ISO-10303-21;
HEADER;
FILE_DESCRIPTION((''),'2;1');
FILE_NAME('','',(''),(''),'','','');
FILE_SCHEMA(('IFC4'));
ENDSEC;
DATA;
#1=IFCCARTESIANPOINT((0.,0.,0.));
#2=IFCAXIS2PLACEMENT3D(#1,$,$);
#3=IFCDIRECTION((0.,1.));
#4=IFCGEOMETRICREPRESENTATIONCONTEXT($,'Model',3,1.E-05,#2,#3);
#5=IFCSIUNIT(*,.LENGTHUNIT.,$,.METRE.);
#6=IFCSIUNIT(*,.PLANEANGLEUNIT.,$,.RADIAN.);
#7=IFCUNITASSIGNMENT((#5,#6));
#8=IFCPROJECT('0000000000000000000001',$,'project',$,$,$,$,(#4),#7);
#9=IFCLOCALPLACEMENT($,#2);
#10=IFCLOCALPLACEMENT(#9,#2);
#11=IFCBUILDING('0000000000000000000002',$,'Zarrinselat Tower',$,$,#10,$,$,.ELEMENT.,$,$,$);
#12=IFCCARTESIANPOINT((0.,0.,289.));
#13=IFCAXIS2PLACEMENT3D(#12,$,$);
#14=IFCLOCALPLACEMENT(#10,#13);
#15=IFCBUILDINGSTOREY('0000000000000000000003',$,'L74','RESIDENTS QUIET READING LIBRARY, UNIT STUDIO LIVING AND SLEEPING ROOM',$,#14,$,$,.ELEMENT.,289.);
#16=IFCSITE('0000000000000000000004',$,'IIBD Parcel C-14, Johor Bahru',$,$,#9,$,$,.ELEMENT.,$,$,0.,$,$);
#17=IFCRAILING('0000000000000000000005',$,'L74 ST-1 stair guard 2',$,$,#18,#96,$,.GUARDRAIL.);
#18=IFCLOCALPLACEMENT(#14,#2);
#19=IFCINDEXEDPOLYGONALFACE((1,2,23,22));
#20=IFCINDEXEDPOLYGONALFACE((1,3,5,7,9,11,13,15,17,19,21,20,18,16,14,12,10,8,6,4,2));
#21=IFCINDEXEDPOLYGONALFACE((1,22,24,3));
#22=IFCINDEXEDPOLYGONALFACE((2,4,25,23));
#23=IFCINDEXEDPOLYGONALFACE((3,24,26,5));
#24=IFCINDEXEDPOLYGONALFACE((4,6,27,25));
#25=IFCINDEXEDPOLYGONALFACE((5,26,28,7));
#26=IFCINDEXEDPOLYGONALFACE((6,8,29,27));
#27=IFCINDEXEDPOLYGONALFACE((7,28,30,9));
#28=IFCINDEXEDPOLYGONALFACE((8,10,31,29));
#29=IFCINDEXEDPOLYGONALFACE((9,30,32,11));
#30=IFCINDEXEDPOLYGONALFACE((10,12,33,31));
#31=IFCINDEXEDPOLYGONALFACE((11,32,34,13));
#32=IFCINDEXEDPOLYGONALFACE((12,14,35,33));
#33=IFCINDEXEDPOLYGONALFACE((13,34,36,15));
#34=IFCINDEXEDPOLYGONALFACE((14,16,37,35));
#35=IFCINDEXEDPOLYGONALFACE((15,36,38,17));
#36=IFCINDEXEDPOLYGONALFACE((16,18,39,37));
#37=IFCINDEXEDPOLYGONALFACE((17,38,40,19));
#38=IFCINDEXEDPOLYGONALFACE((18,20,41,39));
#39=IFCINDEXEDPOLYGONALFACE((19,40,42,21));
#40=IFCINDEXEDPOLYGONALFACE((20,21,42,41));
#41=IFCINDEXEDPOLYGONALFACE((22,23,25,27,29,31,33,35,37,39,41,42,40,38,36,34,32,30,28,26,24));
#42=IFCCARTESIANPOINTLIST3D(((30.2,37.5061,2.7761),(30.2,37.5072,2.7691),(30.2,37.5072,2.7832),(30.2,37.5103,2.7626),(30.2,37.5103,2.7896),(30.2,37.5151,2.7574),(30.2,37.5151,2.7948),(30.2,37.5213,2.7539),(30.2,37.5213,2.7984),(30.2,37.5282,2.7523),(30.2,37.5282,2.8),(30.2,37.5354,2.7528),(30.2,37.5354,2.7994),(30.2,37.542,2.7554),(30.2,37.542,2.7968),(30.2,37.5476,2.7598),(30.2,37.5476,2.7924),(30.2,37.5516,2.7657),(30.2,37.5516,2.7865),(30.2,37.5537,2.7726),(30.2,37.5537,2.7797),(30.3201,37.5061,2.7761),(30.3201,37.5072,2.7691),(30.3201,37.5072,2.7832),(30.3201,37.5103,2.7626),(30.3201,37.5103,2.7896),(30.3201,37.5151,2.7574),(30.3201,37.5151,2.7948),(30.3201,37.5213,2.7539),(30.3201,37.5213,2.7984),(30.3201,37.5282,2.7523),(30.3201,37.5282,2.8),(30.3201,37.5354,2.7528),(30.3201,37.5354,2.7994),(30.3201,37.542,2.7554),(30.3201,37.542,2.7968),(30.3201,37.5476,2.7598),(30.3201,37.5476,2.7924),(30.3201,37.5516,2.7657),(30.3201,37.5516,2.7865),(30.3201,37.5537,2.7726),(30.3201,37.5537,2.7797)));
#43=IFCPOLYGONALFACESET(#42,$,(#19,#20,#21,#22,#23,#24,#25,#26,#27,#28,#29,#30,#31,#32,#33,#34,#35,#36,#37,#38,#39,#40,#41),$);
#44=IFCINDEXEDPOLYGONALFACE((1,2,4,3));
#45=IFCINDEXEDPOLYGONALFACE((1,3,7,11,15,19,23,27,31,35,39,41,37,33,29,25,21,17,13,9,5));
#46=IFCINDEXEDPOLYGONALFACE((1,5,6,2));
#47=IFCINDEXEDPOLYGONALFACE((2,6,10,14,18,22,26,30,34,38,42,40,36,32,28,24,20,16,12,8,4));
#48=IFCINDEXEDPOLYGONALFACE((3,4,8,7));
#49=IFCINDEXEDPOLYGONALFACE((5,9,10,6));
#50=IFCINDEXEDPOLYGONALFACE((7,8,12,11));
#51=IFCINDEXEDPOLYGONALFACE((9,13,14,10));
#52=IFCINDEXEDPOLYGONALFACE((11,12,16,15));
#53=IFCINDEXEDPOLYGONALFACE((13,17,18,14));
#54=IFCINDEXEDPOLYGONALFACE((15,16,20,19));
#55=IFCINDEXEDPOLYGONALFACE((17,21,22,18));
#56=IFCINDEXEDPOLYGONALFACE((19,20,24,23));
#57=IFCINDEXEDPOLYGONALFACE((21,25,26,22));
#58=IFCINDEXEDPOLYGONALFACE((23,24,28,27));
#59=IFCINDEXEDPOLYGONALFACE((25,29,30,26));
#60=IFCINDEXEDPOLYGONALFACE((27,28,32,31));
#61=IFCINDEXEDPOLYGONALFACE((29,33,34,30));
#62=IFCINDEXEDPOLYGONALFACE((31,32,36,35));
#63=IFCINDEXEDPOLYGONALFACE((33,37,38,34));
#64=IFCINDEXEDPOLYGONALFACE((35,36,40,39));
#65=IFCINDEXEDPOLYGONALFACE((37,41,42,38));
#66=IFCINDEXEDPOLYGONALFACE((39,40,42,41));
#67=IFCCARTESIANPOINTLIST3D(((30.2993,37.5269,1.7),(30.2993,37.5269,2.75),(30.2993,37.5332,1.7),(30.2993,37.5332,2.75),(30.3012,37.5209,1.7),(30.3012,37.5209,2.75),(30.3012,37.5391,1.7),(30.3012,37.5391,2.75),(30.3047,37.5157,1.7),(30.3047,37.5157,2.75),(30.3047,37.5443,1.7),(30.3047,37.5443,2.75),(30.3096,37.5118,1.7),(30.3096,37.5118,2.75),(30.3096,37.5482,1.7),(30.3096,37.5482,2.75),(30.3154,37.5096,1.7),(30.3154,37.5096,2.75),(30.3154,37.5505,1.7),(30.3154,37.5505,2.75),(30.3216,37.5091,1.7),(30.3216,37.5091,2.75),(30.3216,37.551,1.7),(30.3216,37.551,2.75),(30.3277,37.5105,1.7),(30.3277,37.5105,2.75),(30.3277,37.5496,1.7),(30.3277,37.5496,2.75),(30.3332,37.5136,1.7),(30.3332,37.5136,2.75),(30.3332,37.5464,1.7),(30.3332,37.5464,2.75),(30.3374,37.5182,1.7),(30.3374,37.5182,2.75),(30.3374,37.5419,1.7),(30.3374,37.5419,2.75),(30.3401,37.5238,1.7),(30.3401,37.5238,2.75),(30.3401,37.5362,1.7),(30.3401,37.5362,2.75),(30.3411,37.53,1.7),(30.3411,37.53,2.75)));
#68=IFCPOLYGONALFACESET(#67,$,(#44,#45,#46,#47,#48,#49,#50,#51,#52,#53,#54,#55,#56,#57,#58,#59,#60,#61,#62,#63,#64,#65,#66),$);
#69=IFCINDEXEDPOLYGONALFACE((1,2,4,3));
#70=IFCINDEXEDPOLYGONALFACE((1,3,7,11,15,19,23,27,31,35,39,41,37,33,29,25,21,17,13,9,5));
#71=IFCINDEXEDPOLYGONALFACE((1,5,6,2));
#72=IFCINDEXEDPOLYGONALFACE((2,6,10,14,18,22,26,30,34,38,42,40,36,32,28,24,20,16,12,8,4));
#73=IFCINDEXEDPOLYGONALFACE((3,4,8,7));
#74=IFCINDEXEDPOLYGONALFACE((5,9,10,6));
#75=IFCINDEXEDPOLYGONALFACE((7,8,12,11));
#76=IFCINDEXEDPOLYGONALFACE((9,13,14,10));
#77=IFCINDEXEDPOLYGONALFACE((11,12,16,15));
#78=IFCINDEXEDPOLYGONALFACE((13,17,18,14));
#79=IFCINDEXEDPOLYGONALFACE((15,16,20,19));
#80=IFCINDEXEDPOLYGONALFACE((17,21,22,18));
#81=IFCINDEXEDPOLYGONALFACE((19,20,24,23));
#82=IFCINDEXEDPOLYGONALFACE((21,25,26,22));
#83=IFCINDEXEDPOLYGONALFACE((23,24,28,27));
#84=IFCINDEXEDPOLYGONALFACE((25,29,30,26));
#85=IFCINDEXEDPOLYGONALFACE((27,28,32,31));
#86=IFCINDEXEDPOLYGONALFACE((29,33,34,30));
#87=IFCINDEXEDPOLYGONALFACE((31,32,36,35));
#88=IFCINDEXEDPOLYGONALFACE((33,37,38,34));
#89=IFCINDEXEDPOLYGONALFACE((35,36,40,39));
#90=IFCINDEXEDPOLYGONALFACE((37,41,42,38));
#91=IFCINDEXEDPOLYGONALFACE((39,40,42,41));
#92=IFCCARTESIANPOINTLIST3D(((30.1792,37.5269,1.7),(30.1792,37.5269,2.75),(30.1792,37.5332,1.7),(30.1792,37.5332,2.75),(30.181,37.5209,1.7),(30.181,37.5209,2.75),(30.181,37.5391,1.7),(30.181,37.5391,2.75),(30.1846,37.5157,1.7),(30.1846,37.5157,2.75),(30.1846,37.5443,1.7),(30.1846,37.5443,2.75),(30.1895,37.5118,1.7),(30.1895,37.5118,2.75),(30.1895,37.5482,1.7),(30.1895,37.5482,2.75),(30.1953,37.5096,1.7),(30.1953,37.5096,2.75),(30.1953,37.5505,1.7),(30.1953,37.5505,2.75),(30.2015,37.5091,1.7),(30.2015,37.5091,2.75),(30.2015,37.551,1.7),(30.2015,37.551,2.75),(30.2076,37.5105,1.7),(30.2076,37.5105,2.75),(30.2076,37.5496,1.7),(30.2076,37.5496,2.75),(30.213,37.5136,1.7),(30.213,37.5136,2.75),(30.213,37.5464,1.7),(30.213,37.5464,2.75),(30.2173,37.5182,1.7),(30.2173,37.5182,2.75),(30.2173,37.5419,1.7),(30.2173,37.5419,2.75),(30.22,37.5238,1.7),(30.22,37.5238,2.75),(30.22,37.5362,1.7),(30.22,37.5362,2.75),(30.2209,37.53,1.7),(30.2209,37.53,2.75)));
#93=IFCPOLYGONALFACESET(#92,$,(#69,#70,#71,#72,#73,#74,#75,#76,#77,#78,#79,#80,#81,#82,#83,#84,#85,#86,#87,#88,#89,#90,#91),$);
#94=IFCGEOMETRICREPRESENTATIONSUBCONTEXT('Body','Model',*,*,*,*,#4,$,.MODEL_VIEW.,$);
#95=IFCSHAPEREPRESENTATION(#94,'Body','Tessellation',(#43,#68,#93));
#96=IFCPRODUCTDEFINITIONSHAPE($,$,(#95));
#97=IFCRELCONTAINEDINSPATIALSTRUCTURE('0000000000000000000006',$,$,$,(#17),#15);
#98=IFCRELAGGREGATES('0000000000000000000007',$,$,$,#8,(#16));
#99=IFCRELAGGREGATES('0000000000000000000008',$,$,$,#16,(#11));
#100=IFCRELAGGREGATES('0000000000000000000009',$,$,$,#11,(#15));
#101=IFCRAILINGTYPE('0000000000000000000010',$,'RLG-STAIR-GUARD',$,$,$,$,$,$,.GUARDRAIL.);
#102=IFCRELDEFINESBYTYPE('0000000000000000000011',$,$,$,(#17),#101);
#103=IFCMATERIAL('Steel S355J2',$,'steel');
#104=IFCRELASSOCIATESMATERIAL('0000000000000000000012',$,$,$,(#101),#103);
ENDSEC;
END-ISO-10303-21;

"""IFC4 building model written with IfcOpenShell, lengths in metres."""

from ifc_helpers import new_model, si_unit, direction, frame, origin, origin_2d, place, context, subcontext, project, spatial, circle, extrude, material, type_object, element, save


model = new_model("IFC4")

# Units and contexts
model_context = context("Model", 3, precision=1e-05, world=origin(), true_north=direction((0.0, 1.0)))
body_context = subcontext(model_context, "Body", "Model", "MODEL_VIEW")
ifc_project = project(units=[si_unit("LENGTHUNIT", "METRE"), si_unit("PLANEANGLEUNIT", "RADIAN")], contexts=[model_context])

# Site, building, storey
site_placement = place(None, origin())
site = spatial("IfcSite", under=ifc_project, at=site_placement, Name="IIBD Parcel C-14, Johor Bahru", CompositionType="ELEMENT", RefElevation=0.0)
building_placement = place(site_placement, origin())
building = spatial("IfcBuilding", under=site, at=building_placement, Name="Zarrinselat Tower", CompositionType="ELEMENT")
storey_placement = place(building_placement, frame((0.0, 0.0, 289.0)))
storey = spatial("IfcBuildingStorey", under=building, at=storey_placement, Name="L74", Description="RESIDENTS QUIET READING LIBRARY, UNIT STUDIO LIVING AND SLEEPING ROOM", CompositionType="ELEMENT", Elevation=289.0)

# Railing
ifc_material_1 = material(Name="Steel S355J2", Category="steel")
railing_type_1 = type_object("IfcRailingType", Name="RLG-STAIR-GUARD", PredefinedType="GUARDRAIL", material=ifc_material_1)
railing_1_placement = place(storey_placement, frame((30.3201, 37.53, 1.7)))
element("IfcRailing", 1, at=railing_1_placement, inside=storey, type_object=railing_type_1, Name="L74 ST-1 stair guard 2", PredefinedType="GUARDRAIL", context=body_context, shape_type="SweptSolid", body=[
    extrude(circle(Radius=0.0239, at=origin_2d()), frame((0.0, 0.0, 1.0762), z_axis=(-1.0, 0.0, 0.0), x_axis=(0.0, -1.0, 0.0)), (0.0, 0.0, 1.0), 0.1201),
    extrude(circle(Radius=0.021, at=origin_2d()), origin(), (0.0, 0.0, 1.0), 1.05),
    extrude(circle(Radius=0.021, at=origin_2d()), frame((-0.1201, 0.0, 0.0)), (0.0, 0.0, 1.0), 1.05),
])

save(model, "model.ifc")
